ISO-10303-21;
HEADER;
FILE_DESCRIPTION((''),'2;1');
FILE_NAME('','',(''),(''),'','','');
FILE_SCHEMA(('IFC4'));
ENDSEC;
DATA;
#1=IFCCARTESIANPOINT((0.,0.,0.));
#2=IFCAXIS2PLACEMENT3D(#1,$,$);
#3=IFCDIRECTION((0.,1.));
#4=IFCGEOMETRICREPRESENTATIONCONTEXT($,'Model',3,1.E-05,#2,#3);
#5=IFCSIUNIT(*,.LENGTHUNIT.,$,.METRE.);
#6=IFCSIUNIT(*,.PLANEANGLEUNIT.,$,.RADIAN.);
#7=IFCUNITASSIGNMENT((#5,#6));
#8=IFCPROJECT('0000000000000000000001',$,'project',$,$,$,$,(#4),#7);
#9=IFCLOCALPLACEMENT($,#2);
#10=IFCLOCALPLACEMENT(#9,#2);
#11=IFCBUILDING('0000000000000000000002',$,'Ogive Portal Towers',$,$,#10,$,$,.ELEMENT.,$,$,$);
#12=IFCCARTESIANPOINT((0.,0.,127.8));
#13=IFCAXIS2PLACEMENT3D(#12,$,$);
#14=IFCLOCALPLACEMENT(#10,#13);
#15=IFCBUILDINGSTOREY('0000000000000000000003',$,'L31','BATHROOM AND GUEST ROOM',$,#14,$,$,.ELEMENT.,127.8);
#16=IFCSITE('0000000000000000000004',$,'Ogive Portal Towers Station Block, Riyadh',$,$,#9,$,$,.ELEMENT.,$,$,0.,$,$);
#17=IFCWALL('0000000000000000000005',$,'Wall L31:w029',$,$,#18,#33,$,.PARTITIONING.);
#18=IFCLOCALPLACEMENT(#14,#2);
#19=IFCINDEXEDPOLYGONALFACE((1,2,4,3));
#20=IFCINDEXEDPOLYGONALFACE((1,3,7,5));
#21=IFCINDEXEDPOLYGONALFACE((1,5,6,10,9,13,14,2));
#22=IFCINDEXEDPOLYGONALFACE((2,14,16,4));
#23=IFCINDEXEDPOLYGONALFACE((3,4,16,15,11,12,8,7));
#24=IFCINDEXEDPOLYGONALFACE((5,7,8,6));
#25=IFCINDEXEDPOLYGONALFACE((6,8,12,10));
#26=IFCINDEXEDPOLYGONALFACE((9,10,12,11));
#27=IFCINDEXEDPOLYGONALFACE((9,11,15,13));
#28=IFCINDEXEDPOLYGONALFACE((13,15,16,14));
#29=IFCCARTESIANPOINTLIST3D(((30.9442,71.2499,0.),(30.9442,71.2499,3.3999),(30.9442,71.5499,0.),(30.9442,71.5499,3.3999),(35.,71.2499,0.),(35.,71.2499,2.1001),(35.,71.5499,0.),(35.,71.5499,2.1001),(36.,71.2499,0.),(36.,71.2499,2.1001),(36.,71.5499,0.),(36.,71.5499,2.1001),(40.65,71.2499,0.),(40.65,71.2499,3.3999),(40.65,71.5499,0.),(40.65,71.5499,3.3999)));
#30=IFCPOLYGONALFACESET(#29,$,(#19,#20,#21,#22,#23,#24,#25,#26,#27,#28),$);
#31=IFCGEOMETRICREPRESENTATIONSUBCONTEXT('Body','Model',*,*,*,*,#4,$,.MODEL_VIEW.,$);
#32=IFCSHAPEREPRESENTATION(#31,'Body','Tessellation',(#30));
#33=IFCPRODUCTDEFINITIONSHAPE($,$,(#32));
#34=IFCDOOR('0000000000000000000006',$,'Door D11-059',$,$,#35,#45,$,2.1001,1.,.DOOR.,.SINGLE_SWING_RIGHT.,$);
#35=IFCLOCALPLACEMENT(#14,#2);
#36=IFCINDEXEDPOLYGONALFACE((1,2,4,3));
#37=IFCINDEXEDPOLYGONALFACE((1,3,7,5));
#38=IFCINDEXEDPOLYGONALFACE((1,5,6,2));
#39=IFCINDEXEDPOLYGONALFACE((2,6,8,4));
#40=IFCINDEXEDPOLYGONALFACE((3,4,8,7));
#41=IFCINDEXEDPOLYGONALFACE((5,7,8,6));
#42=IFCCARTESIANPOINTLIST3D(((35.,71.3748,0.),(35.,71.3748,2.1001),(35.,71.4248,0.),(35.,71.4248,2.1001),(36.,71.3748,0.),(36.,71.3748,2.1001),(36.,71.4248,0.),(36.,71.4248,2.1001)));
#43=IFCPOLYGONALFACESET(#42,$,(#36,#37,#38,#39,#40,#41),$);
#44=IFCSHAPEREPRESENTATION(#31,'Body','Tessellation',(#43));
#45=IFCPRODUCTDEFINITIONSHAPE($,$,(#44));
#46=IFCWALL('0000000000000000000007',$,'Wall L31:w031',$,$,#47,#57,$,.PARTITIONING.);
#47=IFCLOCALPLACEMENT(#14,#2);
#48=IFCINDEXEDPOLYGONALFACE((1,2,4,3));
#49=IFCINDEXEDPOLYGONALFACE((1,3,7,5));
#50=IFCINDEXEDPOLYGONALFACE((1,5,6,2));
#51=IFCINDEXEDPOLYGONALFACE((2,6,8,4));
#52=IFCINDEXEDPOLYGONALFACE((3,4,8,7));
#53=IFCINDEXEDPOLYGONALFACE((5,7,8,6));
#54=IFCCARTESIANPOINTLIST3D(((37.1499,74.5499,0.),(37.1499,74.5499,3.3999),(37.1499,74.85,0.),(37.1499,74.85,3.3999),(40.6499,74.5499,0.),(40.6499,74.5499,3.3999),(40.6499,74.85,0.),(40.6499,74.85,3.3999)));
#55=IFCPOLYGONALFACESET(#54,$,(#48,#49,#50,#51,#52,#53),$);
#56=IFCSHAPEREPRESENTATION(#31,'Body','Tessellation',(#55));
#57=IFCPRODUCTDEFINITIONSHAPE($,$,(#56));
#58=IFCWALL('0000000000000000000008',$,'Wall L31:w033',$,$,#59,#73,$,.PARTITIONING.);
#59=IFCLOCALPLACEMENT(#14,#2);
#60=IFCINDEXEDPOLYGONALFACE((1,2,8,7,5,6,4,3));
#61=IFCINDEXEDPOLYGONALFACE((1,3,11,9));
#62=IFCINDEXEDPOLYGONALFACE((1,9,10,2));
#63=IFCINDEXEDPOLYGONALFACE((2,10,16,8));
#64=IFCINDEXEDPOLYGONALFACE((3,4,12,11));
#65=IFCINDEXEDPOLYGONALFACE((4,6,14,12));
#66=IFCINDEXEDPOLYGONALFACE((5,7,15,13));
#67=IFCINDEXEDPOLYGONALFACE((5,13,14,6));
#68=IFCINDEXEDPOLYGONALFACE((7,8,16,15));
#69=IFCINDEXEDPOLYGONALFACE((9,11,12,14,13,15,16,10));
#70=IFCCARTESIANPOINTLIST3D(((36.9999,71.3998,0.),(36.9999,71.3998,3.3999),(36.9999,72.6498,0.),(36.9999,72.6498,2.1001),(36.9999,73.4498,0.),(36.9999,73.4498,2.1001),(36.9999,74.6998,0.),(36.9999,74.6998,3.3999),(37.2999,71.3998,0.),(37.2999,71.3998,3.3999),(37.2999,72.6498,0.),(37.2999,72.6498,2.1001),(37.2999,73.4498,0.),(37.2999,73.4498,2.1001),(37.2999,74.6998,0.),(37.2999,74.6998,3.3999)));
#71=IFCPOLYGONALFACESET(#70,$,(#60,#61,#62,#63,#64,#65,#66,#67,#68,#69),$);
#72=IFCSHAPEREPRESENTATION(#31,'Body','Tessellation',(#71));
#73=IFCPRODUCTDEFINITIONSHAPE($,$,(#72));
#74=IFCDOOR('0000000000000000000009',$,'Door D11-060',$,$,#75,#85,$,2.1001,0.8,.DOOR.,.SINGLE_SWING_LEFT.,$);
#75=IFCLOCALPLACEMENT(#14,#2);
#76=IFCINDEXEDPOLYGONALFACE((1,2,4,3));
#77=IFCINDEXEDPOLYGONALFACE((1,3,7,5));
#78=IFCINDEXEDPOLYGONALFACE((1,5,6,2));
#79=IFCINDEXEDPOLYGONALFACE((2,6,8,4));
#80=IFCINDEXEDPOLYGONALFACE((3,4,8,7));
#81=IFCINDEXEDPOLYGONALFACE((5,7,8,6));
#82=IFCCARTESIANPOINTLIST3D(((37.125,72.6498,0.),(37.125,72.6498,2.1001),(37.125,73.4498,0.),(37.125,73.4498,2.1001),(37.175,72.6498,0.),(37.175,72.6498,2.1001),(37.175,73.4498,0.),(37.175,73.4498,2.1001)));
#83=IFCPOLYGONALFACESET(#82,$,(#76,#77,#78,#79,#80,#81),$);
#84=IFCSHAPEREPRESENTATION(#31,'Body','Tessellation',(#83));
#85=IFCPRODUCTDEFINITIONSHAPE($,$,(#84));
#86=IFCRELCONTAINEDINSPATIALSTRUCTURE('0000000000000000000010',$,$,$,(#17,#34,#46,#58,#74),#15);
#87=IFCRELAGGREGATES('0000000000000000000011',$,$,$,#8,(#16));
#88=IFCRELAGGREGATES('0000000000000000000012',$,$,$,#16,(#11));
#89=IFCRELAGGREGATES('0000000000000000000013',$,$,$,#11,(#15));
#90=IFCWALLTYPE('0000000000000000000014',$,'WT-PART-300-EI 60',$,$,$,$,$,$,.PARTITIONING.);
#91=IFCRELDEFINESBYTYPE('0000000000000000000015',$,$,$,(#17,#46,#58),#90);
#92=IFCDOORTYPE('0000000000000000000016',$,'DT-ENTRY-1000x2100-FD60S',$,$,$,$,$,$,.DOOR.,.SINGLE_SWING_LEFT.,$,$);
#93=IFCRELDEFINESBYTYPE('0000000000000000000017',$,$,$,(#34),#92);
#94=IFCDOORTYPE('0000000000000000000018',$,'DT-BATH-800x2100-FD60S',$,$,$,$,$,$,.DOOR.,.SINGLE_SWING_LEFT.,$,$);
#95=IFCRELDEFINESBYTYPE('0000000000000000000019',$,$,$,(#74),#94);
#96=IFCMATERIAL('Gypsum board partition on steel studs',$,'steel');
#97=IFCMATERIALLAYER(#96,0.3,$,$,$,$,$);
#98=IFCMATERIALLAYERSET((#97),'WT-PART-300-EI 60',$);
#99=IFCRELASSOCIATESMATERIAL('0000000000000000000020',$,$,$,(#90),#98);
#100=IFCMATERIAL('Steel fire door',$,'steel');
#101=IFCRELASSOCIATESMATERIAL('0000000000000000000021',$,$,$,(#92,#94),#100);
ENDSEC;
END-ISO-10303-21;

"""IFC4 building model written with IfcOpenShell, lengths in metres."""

from ifc_helpers import new_model, si_unit, direction, frame, frame_2d, origin, place, context, subcontext, project, spatial, rectangle, extrude, material, layer, layer_set, type_object, element, fill, save


model = new_model("IFC4")

# Units and contexts
model_context = context("Model", 3, precision=1e-05, world=origin(), true_north=direction((0.0, 1.0)))
body_context = subcontext(model_context, "Body", "Model", "MODEL_VIEW")
ifc_project = project(units=[si_unit("LENGTHUNIT", "METRE"), si_unit("PLANEANGLEUNIT", "RADIAN")], contexts=[model_context])

# Site, building, storey
site_placement = place(None, origin())
site = spatial("IfcSite", under=ifc_project, at=site_placement, Name="Ogive Portal Towers Station Block, Riyadh", CompositionType="ELEMENT", RefElevation=0.0)
building_placement = place(site_placement, origin())
building = spatial("IfcBuilding", under=site, at=building_placement, Name="Ogive Portal Towers", CompositionType="ELEMENT")
storey_placement = place(building_placement, frame((0.0, 0.0, 127.8)))
storey = spatial("IfcBuildingStorey", under=building, at=storey_placement, Name="L31", Description="BATHROOM AND GUEST ROOM", CompositionType="ELEMENT", Elevation=127.8)

# Wall, opening, door
ifc_material_1 = material(Name="Gypsum board partition on steel studs", Category="steel")
ifc_layer_1 = layer(ifc_material_1, 0.3)
ifc_layer_set_1 = layer_set([ifc_layer_1], Name="WT-PART-300-EI 60")
wall_type_1 = type_object("IfcWallType", Name="WT-PART-300-EI 60", PredefinedType="PARTITIONING", material=ifc_layer_set_1)
wall_1_placement = place(storey_placement, frame((30.9441, 71.3999, 0.0), z_axis=(0.0, 0.0, 1.0), x_axis=(1.0, 0.0, 0.0)))
wall_1 = element("IfcWall", 1, at=wall_1_placement, inside=storey, type_object=wall_type_1, Name="Wall L31:w029", PredefinedType="PARTITIONING", context=body_context, shape_type="SweptSolid", body=[
    extrude(rectangle(XDim=9.7058, YDim=0.3, at=frame_2d((4.853, 0.0))), origin(), (0.0, 0.0, 1.0), 3.3999),
])
opening_1_placement = place(wall_1_placement, frame((4.0559, 0.0, 0.0)))
opening_1 = element("IfcOpeningElement", 2, at=opening_1_placement, cuts=wall_1, PredefinedType="OPENING", context=body_context, shape_type="SweptSolid", body=[
    extrude(rectangle(XDim=1.0, YDim=2.1001, at=frame_2d((0.5, 1.05))), frame((0.0, 0.1602, 0.0), z_axis=(0.0, -1.0, 0.0), x_axis=(1.0, 0.0, 0.0)), (0.0, 0.0, 1.0), 0.3201),
])
ifc_material_2 = material(Name="Steel fire door", Category="steel")
door_type_1 = type_object("IfcDoorType", Name="DT-ENTRY-1000x2100-FD60S", OperationType="SINGLE_SWING_LEFT", PredefinedType="DOOR", material=ifc_material_2)
door_1_placement = place(opening_1_placement, origin())
door_1 = element("IfcDoor", 3, at=door_1_placement, inside=storey, type_object=door_type_1, Name="Door D11-059", OperationType="SINGLE_SWING_RIGHT", OverallHeight=2.1001, OverallWidth=1.0, PredefinedType="DOOR", context=body_context, shape_type="SweptSolid", body=[
    extrude(rectangle(XDim=1.0, YDim=2.1001, at=frame_2d((0.5, 1.05))), frame((0.0, 0.0249, 0.0), z_axis=(0.0, -1.0, 0.0), x_axis=(1.0, 0.0, 0.0)), (0.0, 0.0, 1.0), 0.05),
])
fill(opening_1, door_1)

# Wall
wall_2_placement = place(storey_placement, frame((37.1499, 74.7, 0.0), z_axis=(0.0, 0.0, 1.0), x_axis=(1.0, 0.0, 0.0)))
element("IfcWall", 4, at=wall_2_placement, inside=storey, type_object=wall_type_1, Name="Wall L31:w031", PredefinedType="PARTITIONING", context=body_context, shape_type="SweptSolid", body=[
    extrude(rectangle(XDim=3.5, YDim=0.3, at=frame_2d((1.75, 0.0))), origin(), (0.0, 0.0, 1.0), 3.3999),
])

# Wall, opening, door
wall_3_placement = place(storey_placement, frame((37.1499, 71.3999, 0.0), z_axis=(0.0, 0.0, 1.0), x_axis=(0.0, 1.0, 0.0)))
wall_3 = element("IfcWall", 5, at=wall_3_placement, inside=storey, type_object=wall_type_1, Name="Wall L31:w033", PredefinedType="PARTITIONING", context=body_context, shape_type="SweptSolid", body=[
    extrude(rectangle(XDim=3.3, YDim=0.3, at=frame_2d((1.6499, 0.0))), origin(), (0.0, 0.0, 1.0), 3.3999),
])
opening_2_placement = place(wall_3_placement, frame((1.25, 0.0, 0.0)))
opening_2 = element("IfcOpeningElement", 6, at=opening_2_placement, cuts=wall_3, PredefinedType="OPENING", context=body_context, shape_type="SweptSolid", body=[
    extrude(rectangle(XDim=0.8, YDim=2.1001, at=frame_2d((0.3999, 1.05))), frame((0.0, 0.1602, 0.0), z_axis=(0.0, -1.0, 0.0), x_axis=(1.0, 0.0, 0.0)), (0.0, 0.0, 1.0), 0.3201),
])
door_type_2 = type_object("IfcDoorType", Name="DT-BATH-800x2100-FD60S", OperationType="SINGLE_SWING_LEFT", PredefinedType="DOOR", material=ifc_material_2)
door_2_placement = place(opening_2_placement, origin())
door_2 = element("IfcDoor", 7, at=door_2_placement, inside=storey, type_object=door_type_2, Name="Door D11-060", OperationType="SINGLE_SWING_LEFT", OverallHeight=2.1001, OverallWidth=0.8, PredefinedType="DOOR", context=body_context, shape_type="SweptSolid", body=[
    extrude(rectangle(XDim=0.8, YDim=2.1001, at=frame_2d((0.3999, 1.05))), frame((0.0, 0.0249, 0.0), z_axis=(0.0, -1.0, 0.0), x_axis=(1.0, 0.0, 0.0)), (0.0, 0.0, 1.0), 0.05),
])
fill(opening_2, door_2)

save(model, "model.ifc")
